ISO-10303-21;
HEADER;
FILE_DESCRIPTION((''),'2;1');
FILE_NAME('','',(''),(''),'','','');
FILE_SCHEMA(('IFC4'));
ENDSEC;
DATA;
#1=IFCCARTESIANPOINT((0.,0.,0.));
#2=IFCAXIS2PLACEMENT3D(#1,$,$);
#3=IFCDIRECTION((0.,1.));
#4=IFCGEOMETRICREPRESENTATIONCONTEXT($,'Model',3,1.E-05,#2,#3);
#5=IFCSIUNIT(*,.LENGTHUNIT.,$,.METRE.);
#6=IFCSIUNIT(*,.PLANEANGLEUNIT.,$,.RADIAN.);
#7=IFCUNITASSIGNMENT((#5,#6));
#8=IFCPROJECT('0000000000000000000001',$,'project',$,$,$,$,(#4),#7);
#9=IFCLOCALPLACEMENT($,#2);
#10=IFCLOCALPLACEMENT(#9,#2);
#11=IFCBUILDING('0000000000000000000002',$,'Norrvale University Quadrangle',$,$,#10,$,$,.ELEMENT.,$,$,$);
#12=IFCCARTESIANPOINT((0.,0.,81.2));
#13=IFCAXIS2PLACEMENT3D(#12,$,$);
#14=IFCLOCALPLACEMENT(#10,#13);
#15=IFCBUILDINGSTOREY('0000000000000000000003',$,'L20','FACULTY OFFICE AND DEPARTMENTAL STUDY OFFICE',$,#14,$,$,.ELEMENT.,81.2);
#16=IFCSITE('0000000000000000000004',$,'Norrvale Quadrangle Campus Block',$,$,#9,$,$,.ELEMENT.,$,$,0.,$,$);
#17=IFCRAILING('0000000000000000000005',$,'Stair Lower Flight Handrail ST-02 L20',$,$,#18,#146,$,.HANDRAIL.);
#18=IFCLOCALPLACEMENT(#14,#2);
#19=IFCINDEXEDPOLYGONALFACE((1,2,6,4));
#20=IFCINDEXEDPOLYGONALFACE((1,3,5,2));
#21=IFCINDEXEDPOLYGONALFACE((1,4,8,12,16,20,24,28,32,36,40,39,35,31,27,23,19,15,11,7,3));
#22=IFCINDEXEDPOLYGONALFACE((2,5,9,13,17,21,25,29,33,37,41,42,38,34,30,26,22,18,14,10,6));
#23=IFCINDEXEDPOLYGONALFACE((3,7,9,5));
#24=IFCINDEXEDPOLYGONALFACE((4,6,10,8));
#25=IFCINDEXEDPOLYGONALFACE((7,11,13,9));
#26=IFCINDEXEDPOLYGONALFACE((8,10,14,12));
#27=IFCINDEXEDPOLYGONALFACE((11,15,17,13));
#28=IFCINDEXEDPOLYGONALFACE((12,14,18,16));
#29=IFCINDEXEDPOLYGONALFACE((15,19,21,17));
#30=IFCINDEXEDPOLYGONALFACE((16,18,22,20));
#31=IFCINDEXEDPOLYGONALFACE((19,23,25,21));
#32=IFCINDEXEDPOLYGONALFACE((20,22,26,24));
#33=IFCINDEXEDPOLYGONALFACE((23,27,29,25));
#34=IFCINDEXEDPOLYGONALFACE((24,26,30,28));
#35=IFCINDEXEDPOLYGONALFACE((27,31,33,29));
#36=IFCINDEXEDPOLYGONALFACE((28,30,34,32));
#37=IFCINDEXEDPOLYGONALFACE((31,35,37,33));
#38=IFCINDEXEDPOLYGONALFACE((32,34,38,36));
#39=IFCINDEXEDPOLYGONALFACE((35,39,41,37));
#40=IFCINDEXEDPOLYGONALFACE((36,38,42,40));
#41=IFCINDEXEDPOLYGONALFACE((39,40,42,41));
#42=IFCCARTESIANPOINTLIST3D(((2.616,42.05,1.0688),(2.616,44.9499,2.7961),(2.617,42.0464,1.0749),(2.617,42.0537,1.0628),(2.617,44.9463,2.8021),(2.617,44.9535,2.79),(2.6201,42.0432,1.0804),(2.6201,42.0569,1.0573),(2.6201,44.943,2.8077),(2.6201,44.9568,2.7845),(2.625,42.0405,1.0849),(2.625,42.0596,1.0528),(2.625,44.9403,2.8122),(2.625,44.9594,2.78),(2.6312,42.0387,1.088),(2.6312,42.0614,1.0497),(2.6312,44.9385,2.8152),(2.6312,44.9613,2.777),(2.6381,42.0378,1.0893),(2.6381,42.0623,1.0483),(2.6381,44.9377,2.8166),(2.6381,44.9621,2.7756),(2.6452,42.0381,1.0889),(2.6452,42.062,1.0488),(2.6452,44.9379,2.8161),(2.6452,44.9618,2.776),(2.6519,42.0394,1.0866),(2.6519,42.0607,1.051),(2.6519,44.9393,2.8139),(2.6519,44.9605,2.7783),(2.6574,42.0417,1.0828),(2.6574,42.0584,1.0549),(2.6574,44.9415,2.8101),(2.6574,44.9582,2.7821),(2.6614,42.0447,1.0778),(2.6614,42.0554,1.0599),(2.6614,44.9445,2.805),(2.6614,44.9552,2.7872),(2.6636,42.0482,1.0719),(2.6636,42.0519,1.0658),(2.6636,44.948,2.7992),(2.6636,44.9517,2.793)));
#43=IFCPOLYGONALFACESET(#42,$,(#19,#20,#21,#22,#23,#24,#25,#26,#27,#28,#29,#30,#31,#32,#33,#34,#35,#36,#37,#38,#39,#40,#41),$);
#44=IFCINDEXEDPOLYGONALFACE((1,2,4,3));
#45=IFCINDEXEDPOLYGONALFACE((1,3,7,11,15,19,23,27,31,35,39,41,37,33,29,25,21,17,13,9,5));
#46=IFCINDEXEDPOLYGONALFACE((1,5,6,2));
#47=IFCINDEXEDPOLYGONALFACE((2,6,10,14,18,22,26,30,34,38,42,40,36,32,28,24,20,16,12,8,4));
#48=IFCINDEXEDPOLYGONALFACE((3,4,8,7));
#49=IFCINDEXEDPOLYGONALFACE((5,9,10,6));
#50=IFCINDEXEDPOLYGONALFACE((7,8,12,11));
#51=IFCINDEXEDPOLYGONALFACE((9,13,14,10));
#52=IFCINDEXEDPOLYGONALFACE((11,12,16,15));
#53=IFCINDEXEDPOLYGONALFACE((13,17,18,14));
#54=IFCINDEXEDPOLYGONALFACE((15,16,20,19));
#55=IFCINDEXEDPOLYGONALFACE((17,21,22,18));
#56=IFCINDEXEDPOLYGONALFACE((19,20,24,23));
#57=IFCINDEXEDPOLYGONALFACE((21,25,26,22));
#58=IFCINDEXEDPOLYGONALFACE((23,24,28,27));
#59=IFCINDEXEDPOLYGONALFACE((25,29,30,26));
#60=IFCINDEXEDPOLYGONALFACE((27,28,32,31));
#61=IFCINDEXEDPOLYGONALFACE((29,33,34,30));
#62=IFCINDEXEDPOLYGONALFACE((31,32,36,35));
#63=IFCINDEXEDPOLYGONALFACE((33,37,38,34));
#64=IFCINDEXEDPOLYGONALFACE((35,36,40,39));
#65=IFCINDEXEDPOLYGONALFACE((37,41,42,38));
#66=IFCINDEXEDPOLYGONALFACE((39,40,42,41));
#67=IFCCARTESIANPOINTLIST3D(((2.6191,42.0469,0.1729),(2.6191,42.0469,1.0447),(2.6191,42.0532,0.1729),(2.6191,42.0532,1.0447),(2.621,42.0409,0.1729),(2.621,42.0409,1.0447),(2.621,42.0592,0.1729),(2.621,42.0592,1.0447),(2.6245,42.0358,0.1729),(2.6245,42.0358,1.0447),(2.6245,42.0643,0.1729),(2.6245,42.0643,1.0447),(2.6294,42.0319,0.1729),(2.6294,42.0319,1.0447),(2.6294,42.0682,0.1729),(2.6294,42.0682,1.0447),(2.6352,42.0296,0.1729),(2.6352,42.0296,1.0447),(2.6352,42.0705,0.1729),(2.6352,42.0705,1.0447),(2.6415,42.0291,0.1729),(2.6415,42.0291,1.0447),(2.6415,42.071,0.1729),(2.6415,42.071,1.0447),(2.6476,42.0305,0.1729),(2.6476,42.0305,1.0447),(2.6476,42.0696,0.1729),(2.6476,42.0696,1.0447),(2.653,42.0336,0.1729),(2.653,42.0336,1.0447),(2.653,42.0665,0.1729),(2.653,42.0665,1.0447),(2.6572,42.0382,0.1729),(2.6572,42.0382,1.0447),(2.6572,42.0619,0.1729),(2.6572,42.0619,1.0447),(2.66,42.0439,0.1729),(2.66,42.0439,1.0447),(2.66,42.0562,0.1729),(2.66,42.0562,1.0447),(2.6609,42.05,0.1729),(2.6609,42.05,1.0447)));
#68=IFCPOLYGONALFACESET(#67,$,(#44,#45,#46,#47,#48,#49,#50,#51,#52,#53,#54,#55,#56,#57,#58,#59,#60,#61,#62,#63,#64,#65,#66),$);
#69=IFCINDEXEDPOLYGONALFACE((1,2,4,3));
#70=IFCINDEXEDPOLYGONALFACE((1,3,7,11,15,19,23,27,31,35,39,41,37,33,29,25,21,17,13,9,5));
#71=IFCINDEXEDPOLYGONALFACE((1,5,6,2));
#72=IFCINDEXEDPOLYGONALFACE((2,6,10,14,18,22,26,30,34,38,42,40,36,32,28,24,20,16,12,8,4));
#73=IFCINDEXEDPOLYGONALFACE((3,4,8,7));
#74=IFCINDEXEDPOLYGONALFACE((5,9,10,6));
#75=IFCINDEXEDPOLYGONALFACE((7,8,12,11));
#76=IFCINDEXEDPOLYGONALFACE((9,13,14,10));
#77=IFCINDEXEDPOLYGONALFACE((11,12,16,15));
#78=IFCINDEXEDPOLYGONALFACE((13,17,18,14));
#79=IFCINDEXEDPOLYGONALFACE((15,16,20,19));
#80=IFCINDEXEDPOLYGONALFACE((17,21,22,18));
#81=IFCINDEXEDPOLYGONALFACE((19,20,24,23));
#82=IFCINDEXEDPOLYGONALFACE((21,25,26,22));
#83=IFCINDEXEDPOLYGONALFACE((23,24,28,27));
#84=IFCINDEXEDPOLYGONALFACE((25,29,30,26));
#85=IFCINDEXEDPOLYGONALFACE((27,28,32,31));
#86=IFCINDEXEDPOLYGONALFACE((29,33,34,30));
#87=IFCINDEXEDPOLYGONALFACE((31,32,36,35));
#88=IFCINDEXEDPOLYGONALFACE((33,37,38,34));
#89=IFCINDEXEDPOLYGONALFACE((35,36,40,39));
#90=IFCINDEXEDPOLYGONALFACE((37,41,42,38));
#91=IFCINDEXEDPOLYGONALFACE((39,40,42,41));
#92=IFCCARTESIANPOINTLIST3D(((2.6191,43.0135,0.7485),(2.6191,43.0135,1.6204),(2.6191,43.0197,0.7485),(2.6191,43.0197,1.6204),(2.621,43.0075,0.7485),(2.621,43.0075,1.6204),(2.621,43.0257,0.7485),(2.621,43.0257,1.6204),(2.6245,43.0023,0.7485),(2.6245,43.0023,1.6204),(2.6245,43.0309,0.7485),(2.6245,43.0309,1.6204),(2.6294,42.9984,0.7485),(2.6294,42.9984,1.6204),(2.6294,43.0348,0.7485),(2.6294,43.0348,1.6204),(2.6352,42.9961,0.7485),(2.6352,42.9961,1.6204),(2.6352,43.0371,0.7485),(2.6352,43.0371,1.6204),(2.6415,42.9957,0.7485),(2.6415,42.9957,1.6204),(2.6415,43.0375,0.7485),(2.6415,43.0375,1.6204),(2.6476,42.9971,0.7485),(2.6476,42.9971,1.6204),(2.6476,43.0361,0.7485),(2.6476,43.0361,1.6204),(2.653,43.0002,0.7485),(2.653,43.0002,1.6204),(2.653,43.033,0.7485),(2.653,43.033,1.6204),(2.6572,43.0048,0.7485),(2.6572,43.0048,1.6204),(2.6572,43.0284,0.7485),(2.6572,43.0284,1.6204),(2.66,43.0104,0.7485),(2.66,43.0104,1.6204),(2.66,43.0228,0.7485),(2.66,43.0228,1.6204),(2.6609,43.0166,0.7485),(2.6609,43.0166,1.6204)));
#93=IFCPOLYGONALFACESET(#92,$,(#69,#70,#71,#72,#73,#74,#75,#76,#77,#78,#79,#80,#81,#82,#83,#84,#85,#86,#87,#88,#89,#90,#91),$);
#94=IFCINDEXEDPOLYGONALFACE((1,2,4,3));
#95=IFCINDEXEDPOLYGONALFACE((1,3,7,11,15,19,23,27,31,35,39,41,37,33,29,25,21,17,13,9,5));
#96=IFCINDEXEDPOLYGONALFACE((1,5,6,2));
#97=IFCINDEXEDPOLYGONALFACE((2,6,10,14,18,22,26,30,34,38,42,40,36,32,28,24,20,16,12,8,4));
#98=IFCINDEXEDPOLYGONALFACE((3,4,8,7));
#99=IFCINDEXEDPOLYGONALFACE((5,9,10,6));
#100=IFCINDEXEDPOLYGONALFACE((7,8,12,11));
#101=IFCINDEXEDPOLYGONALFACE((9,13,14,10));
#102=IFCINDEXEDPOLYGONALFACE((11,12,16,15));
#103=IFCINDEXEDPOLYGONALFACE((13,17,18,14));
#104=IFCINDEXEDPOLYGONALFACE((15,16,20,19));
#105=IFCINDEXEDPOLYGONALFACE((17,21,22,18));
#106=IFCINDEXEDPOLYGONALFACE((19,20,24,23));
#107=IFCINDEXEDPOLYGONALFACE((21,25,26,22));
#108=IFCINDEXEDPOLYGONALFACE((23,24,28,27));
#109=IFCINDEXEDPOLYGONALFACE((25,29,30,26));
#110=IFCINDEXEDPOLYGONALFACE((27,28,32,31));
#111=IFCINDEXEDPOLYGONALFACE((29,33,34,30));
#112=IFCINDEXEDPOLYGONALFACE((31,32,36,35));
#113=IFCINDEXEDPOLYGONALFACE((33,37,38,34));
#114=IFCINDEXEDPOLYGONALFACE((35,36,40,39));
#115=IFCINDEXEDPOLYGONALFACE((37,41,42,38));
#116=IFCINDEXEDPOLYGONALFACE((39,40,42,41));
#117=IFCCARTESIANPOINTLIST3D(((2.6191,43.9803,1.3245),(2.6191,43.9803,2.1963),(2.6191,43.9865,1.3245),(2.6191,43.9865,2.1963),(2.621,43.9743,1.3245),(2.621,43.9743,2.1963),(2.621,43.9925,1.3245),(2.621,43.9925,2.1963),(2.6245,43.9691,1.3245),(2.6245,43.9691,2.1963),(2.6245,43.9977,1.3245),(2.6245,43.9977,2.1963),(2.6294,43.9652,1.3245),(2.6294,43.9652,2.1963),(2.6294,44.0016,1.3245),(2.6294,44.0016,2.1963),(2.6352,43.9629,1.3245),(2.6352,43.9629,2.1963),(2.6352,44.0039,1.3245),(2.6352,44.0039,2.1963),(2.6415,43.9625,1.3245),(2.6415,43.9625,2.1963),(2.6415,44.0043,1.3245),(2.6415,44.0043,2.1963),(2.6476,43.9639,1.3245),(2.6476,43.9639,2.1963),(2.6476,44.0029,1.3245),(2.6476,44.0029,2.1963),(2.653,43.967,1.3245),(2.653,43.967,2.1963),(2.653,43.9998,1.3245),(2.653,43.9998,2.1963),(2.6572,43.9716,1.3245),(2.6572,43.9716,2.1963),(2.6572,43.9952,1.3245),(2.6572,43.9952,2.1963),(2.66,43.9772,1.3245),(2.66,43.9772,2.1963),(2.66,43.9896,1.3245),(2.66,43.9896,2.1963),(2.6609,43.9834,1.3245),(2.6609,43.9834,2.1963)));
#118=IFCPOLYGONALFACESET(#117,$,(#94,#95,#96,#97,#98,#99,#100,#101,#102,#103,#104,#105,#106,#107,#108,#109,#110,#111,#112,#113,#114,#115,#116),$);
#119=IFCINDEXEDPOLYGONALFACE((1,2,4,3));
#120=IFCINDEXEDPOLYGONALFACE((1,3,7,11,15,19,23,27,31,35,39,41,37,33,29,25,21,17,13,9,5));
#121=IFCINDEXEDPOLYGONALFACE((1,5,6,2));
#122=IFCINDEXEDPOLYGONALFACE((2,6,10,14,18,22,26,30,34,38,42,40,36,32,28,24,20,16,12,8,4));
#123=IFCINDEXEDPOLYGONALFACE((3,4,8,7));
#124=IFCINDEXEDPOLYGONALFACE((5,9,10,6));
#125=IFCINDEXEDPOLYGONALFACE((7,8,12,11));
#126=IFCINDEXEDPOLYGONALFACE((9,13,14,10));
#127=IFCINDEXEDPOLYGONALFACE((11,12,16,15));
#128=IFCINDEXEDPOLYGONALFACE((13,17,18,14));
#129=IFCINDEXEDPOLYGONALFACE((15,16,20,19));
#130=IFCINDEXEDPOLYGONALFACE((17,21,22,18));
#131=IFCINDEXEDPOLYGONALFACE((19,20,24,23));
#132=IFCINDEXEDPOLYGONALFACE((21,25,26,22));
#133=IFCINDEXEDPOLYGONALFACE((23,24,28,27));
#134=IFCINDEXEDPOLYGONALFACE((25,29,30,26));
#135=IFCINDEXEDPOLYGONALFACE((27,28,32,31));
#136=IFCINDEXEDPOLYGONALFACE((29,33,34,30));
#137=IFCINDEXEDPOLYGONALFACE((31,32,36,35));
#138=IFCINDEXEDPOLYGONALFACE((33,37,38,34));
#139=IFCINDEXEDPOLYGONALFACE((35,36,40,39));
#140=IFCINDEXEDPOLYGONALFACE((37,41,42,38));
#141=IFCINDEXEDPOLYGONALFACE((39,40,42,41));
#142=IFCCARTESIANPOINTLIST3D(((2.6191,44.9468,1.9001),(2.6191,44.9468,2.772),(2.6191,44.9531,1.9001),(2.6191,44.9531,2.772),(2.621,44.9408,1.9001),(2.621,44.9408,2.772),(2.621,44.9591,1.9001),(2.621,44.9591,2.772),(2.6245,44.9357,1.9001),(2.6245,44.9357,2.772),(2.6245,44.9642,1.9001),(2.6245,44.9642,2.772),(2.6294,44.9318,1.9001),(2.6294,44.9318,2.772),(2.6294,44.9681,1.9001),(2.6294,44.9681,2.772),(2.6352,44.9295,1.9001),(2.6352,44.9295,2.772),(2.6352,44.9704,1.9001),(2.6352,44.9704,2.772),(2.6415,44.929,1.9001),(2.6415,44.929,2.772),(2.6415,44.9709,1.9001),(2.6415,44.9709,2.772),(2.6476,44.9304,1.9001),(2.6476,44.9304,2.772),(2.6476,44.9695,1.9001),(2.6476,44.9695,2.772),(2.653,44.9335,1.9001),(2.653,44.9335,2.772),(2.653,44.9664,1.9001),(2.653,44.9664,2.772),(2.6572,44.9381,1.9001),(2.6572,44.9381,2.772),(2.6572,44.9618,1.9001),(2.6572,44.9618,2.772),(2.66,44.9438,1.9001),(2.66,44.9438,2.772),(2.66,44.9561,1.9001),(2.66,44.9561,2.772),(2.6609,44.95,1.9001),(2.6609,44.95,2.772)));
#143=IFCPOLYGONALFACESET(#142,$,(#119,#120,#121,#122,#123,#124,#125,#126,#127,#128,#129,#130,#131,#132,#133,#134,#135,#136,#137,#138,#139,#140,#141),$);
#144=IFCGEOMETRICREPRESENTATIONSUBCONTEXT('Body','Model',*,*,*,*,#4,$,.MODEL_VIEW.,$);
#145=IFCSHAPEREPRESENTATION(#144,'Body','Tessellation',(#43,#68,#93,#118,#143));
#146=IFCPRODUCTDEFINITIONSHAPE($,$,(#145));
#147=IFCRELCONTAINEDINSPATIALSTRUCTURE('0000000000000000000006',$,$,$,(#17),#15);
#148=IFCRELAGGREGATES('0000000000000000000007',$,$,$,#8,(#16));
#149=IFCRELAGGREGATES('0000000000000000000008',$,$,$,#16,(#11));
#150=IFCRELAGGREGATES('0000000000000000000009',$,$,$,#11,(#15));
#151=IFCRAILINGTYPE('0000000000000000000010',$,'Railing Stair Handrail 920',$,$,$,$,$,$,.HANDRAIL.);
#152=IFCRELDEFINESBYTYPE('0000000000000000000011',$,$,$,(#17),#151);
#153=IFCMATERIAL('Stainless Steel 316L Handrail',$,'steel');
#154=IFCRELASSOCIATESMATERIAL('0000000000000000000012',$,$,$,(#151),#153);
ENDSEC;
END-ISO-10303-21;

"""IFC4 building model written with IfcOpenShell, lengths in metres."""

from ifc_helpers import new_model, si_unit, direction, frame, origin, origin_2d, place, context, subcontext, project, spatial, circle, extrude, material, type_object, element, save


model = new_model("IFC4")

# Units and contexts
model_context = context("Model", 3, precision=1e-05, world=origin(), true_north=direction((0.0, 1.0)))
body_context = subcontext(model_context, "Body", "Model", "MODEL_VIEW")
ifc_project = project(units=[si_unit("LENGTHUNIT", "METRE"), si_unit("PLANEANGLEUNIT", "RADIAN")], contexts=[model_context])

# Site, building, storey
site_placement = place(None, origin())
site = spatial("IfcSite", under=ifc_project, at=site_placement, Name="Norrvale Quadrangle Campus Block", CompositionType="ELEMENT", RefElevation=0.0)
building_placement = place(site_placement, origin())
building = spatial("IfcBuilding", under=site, at=building_placement, Name="Norrvale University Quadrangle", CompositionType="ELEMENT")
storey_placement = place(building_placement, frame((0.0, 0.0, 81.2)))
storey = spatial("IfcBuildingStorey", under=building, at=storey_placement, Name="L20", Description="FACULTY OFFICE AND DEPARTMENTAL STUDY OFFICE", CompositionType="ELEMENT", Elevation=81.2)

# Railing
ifc_material_1 = material(Name="Stainless Steel 316L Handrail", Category="steel")
railing_type_1 = type_object("IfcRailingType", Name="Railing Stair Handrail 920", PredefinedType="HANDRAIL", material=ifc_material_1)
railing_1_placement = place(storey_placement, frame((2.6399, 42.05, 0.1729)))
element("IfcRailing", 1, at=railing_1_placement, inside=storey, type_object=railing_type_1, Name="Stair Lower Flight Handrail ST-02 L20", PredefinedType="HANDRAIL", context=body_context, shape_type="SweptSolid", body=[
    extrude(circle(Radius=0.0239, at=origin_2d()), frame((0.0, 0.0, 0.896), z_axis=(0.0, 0.859141, 0.511738), x_axis=(-1.0, 0.0, 0.0)), (0.0, 0.0, 1.0), 3.3752),
    extrude(circle(Radius=0.021, at=origin_2d()), origin(), (0.0, 0.0, 1.0), 0.8718),
    extrude(circle(Radius=0.021, at=origin_2d()), frame((0.0, 0.9666, 0.5757)), (0.0, 0.0, 1.0), 0.8718),
    extrude(circle(Radius=0.021, at=origin_2d()), frame((0.0, 1.9333, 1.1516)), (0.0, 0.0, 1.0), 0.8718),
    extrude(circle(Radius=0.021, at=origin_2d()), frame((0.0, 2.8999, 1.7273)), (0.0, 0.0, 1.0), 0.8718),
])

save(model, "model.ifc")
